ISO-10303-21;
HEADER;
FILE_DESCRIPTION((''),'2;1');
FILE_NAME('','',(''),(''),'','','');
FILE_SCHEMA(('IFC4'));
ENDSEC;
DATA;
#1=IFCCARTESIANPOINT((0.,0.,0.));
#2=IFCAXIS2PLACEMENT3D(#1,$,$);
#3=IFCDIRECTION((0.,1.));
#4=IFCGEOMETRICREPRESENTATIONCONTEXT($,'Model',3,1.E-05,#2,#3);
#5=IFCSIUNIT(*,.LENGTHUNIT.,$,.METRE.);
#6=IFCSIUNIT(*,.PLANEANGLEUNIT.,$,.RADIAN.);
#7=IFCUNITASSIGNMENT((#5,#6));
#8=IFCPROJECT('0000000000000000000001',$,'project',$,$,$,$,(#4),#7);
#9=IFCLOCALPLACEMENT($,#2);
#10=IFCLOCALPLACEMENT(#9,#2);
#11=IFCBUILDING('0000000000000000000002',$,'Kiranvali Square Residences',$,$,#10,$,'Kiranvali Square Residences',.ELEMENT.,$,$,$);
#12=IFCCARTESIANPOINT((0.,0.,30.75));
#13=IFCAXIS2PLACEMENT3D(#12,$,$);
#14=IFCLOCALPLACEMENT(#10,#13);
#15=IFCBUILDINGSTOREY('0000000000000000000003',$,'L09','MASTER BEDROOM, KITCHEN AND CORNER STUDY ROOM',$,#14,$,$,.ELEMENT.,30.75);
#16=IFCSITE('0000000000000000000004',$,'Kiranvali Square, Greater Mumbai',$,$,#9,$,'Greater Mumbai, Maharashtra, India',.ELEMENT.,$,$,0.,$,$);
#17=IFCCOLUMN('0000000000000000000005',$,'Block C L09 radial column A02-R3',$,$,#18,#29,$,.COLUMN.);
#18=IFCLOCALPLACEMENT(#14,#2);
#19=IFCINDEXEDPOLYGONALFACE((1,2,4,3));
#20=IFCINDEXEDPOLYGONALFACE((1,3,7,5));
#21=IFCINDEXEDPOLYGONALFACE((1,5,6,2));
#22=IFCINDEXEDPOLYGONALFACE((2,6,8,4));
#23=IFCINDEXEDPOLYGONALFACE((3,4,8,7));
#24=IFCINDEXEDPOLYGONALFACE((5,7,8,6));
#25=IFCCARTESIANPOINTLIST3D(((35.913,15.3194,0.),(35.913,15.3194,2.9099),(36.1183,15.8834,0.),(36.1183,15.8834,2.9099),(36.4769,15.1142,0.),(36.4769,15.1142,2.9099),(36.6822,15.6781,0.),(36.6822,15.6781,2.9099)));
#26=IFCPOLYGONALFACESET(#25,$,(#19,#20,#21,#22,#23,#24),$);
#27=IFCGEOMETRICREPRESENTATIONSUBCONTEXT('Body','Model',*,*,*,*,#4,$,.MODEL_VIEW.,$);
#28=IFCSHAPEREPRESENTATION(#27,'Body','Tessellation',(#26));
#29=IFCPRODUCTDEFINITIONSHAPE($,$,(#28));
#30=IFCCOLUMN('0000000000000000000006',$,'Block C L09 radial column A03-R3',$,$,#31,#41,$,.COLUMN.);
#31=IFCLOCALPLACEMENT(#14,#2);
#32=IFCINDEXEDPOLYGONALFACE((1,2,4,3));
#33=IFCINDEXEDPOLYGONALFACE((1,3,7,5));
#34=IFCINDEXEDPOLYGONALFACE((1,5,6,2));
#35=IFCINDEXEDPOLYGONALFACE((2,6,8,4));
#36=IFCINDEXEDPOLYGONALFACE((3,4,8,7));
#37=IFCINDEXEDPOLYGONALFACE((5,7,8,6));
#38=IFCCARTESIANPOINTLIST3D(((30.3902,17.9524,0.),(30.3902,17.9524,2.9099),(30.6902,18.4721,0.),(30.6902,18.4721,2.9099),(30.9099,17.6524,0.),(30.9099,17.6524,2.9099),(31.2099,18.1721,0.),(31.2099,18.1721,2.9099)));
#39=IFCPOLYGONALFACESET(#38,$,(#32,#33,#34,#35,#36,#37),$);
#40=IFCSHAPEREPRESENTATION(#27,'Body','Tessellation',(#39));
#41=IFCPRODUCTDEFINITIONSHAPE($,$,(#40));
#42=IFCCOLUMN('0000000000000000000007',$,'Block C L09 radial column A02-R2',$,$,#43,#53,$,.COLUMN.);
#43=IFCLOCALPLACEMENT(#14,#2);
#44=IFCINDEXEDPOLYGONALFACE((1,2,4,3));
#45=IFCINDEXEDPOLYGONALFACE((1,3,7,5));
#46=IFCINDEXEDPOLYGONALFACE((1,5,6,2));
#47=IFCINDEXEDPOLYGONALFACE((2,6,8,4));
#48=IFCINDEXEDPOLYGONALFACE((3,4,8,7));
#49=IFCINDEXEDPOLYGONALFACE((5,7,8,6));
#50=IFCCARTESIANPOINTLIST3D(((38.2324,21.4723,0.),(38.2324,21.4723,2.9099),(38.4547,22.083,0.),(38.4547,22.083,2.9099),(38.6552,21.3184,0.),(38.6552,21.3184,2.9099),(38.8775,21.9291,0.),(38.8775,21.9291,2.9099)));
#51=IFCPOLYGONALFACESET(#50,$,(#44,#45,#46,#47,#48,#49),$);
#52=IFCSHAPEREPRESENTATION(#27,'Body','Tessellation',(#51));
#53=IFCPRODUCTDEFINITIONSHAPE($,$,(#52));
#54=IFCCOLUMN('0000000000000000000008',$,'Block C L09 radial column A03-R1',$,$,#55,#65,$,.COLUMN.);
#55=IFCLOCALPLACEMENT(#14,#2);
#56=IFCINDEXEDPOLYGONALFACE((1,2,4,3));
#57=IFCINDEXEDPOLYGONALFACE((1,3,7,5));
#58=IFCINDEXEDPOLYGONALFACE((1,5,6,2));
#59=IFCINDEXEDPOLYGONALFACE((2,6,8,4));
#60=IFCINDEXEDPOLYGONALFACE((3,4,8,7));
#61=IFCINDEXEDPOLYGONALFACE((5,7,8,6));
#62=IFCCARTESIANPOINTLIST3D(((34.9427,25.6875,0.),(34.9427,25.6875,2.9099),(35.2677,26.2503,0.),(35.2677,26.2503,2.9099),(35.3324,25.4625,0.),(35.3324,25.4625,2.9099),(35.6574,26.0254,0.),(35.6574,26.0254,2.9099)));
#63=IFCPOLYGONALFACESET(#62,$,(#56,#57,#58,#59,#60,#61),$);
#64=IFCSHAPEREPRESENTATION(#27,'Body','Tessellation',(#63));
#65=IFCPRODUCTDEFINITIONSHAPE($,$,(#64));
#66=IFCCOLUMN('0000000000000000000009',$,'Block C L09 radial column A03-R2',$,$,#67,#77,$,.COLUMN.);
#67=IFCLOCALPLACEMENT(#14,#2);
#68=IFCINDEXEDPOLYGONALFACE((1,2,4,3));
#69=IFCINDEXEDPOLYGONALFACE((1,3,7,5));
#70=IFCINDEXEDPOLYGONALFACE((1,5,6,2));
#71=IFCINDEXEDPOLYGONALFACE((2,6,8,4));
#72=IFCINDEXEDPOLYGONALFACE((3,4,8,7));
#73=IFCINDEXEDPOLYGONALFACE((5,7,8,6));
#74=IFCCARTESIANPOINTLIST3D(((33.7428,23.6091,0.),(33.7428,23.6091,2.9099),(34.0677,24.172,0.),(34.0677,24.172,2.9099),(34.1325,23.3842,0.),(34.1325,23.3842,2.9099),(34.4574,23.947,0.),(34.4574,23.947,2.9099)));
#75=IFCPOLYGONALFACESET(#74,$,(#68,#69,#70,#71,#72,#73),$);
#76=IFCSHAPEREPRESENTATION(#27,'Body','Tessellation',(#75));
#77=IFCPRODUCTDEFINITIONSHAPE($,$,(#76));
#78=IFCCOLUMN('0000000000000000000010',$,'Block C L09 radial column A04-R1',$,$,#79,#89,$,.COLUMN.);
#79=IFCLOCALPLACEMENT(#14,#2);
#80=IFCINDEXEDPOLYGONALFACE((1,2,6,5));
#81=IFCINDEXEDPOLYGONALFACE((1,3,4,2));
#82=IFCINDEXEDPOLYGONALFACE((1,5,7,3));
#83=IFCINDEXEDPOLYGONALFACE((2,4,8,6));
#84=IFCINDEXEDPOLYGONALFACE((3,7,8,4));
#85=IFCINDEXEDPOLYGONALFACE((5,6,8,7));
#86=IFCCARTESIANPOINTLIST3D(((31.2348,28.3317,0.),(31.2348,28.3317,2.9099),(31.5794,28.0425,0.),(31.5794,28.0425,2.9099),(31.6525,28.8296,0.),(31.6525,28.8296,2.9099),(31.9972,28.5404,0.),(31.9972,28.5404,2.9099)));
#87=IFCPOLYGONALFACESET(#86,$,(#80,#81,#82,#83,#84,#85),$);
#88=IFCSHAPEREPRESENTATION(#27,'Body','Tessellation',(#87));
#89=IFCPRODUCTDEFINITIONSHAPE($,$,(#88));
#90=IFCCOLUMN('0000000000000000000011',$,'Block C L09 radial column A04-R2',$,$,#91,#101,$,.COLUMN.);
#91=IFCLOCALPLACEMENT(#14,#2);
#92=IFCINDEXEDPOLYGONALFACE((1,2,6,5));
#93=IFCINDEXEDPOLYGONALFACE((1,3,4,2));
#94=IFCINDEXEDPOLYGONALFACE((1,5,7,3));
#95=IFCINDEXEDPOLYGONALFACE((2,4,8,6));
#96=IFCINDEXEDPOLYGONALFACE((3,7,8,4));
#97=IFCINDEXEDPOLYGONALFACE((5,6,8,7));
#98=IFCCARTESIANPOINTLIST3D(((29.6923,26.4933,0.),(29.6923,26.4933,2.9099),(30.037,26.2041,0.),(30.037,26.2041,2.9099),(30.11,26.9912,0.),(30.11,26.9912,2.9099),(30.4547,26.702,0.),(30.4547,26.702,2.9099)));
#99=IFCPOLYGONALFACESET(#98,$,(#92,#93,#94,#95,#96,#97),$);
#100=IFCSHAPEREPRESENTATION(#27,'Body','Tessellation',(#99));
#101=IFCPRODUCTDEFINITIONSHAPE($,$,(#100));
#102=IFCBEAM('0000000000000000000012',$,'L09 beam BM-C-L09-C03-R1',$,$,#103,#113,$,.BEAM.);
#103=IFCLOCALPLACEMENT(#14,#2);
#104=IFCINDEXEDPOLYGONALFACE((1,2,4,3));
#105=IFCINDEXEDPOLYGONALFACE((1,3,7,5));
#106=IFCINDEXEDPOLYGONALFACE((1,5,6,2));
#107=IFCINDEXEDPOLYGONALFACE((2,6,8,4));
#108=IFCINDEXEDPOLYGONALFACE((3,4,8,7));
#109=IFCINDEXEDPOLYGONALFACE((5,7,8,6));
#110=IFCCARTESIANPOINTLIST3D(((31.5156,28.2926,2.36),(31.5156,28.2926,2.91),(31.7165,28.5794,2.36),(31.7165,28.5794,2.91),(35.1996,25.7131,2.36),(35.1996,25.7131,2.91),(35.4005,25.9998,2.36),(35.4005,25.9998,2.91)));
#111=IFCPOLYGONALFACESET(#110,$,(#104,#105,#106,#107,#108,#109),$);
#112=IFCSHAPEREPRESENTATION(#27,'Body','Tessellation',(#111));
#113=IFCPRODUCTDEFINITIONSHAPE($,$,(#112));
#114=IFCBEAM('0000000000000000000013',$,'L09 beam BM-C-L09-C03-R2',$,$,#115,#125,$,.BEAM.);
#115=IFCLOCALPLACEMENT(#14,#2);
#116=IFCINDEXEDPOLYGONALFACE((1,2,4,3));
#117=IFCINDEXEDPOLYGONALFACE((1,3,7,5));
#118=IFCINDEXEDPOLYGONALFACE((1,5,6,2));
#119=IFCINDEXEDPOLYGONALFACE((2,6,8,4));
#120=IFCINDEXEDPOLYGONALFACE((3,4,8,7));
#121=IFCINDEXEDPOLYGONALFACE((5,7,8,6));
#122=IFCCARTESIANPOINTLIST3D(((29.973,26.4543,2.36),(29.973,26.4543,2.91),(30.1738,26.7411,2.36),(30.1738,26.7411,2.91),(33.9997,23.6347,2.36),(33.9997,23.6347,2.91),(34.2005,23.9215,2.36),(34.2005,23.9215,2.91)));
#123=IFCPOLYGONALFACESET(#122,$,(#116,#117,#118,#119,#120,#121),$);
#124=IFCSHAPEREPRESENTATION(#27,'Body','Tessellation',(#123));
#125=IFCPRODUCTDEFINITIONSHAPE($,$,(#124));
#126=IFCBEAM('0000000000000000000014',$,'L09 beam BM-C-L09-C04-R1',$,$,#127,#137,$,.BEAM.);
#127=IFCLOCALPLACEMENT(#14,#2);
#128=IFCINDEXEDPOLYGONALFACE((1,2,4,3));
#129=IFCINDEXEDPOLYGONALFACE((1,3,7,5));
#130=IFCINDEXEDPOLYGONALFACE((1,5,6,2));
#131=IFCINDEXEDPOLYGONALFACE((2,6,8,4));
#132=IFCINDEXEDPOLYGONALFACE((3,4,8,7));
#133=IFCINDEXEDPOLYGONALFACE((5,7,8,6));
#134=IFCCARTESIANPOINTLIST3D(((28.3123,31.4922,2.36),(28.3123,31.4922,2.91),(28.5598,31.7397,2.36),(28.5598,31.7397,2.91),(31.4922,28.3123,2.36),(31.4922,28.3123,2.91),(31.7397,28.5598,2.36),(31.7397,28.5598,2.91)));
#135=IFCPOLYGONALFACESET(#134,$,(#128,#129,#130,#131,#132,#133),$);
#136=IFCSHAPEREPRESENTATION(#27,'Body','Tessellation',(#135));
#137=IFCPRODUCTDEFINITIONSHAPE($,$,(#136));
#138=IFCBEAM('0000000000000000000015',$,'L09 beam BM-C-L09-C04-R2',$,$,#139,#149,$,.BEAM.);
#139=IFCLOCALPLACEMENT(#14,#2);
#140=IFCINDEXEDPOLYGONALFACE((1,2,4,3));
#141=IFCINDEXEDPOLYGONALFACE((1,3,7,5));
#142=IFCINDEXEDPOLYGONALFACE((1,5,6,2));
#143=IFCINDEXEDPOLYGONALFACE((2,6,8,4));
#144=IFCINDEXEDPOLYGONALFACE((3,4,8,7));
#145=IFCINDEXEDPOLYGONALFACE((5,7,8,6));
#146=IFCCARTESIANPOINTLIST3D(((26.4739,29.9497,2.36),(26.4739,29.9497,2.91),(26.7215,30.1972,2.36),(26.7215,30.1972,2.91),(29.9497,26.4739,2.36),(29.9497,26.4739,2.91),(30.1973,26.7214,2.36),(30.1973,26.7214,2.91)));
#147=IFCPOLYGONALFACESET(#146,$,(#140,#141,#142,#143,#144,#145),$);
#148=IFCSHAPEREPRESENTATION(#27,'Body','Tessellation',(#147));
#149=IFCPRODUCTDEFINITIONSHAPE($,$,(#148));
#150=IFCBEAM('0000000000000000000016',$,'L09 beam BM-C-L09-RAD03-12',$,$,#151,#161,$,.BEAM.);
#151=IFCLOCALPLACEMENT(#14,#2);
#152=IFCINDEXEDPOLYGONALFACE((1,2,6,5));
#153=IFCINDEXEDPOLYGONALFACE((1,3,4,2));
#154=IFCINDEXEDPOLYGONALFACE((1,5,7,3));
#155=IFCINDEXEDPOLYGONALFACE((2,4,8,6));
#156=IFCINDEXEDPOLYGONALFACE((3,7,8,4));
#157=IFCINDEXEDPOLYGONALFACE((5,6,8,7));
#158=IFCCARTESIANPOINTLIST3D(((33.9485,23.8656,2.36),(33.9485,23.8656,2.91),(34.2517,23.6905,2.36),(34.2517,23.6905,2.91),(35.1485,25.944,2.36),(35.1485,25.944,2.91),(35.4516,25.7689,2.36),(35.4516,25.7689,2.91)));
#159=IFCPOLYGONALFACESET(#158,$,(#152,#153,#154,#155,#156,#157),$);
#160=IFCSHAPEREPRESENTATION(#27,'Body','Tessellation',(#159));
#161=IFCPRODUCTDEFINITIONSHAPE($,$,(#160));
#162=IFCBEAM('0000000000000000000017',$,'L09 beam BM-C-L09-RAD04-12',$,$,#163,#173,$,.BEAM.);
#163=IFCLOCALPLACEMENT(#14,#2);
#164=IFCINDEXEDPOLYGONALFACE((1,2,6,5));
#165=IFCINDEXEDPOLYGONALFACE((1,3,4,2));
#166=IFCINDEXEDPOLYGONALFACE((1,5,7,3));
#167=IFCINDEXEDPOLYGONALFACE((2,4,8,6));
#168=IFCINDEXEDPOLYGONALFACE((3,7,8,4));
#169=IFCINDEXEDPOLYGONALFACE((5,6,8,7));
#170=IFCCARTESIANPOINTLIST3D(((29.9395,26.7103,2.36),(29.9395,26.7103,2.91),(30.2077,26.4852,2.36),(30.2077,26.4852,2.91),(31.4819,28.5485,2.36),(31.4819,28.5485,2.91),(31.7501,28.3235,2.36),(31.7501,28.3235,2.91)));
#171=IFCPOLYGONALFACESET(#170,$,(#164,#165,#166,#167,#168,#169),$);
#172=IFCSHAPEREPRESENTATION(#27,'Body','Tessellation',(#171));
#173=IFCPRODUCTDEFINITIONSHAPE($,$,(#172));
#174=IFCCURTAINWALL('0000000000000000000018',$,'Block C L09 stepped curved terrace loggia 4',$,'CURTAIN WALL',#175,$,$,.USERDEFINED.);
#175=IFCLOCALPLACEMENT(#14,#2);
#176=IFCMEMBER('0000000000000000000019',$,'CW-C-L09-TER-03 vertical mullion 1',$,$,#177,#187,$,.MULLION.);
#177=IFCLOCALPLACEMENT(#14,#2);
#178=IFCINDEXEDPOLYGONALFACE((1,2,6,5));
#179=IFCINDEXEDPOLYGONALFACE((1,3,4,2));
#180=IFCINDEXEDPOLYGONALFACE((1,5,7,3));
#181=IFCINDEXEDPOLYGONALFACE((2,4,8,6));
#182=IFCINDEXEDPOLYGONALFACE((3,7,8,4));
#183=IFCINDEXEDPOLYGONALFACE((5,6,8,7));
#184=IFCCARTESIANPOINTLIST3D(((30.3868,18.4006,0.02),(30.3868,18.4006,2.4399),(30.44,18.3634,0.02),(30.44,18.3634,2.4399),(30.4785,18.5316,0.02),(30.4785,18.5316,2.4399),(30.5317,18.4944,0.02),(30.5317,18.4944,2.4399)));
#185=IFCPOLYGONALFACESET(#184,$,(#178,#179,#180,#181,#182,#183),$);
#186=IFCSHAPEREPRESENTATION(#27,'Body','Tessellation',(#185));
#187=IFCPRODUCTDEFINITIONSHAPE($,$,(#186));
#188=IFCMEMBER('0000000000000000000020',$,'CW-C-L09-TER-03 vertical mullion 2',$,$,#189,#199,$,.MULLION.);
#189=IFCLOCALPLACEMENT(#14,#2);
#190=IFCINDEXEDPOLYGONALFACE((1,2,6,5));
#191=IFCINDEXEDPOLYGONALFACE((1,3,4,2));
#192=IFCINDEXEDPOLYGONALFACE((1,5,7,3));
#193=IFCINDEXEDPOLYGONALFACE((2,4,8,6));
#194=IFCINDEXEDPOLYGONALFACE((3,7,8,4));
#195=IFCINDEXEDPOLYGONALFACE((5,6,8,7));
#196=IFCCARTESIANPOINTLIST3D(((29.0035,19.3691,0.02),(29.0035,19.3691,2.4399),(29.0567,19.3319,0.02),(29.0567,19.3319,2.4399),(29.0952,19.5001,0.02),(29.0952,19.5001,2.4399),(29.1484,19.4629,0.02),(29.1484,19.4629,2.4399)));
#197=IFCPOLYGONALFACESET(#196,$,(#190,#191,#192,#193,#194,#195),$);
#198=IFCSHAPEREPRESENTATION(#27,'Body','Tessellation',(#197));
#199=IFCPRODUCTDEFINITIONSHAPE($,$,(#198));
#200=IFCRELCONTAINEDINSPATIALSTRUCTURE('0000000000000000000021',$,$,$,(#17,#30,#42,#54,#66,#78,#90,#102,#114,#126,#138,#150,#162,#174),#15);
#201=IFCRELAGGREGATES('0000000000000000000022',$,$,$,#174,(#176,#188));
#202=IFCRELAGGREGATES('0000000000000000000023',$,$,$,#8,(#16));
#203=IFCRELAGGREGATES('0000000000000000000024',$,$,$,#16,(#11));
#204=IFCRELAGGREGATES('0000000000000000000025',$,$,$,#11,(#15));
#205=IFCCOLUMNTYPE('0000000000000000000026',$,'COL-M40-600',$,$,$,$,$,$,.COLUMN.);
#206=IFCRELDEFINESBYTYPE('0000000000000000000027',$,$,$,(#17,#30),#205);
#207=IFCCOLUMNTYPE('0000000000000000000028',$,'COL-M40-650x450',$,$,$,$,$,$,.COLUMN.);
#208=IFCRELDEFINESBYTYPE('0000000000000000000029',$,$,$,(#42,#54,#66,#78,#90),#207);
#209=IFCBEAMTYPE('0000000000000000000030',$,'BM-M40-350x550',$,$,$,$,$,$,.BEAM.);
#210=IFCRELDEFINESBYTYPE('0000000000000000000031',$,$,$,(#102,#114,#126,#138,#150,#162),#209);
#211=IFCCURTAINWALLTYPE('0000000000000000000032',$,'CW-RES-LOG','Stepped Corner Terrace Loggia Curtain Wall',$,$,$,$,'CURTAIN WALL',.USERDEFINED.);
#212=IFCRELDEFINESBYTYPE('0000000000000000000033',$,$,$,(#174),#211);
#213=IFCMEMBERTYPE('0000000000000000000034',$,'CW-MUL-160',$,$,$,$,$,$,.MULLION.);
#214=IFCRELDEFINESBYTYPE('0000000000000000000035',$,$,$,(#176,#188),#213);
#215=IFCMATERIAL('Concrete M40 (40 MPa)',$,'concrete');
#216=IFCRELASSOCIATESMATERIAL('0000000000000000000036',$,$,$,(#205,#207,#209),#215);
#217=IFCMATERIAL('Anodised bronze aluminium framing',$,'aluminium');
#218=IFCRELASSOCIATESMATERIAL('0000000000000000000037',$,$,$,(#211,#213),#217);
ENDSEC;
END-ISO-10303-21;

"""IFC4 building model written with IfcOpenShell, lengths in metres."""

from ifc_helpers import new_model, si_unit, direction, frame, origin, origin_2d, place, context, subcontext, project, spatial, rectangle, extrude, material, material_profile, profile_set, type_object, element, aggregate, save


model = new_model("IFC4")

# Units and contexts
model_context = context("Model", 3, precision=1e-05, world=origin(), true_north=direction((0.0, 1.0)))
body_context = subcontext(model_context, "Body", "Model", "MODEL_VIEW")
ifc_project = project(units=[si_unit("LENGTHUNIT", "METRE"), si_unit("PLANEANGLEUNIT", "RADIAN")], contexts=[model_context])

# Site, building, storey
site_placement = place(None, origin())
site = spatial("IfcSite", under=ifc_project, at=site_placement, Name="Kiranvali Square, Greater Mumbai", LongName="Greater Mumbai, Maharashtra, India", CompositionType="ELEMENT", RefElevation=0.0)
building_placement = place(site_placement, origin())
building = spatial("IfcBuilding", under=site, at=building_placement, Name="Kiranvali Square Residences", LongName="Kiranvali Square Residences", CompositionType="ELEMENT")
storey_placement = place(building_placement, frame((0.0, 0.0, 30.75)))
storey = spatial("IfcBuildingStorey", under=building, at=storey_placement, Name="L09", Description="MASTER BEDROOM, KITCHEN AND CORNER STUDY ROOM", CompositionType="ELEMENT", Elevation=30.75)

# Columns
ifc_material_1 = material(Name="Concrete M40 (40 MPa)", Category="concrete")
ifc_material_profile_1 = material_profile(ifc_material_1, rectangle(XDim=0.6001, YDim=0.6001, at=origin_2d()), Name="RC 600x600")
ifc_profile_set_1 = profile_set([ifc_material_profile_1], Name="Concrete M40 (40 MPa)")
column_type_1 = type_object("IfcColumnType", Name="COL-M40-600", PredefinedType="COLUMN", material=ifc_profile_set_1)
for number, where, z_axis, x_axis, name in (
    (1, (36.2976, 15.4988, 0.0), (0.0, 0.0, 1.0), (-0.939693, 0.34202, 0.0), "Block C L09 radial column A02-R3"),
    (2, (30.8, 18.0623, 0.0), (0.0, 0.0, 1.0), (-0.866025, 0.5, 0.0), "Block C L09 radial column A03-R3"),
):
    element("IfcColumn", number, at=place(storey_placement, frame(where, z_axis=z_axis, x_axis=x_axis)), inside=storey, type_object=column_type_1, Name=name, PredefinedType="COLUMN", context=body_context, shape_type="SweptSolid", body=[
        extrude(rectangle(XDim=0.6001, YDim=0.6001, at=origin_2d()), origin(), (0.0, 0.0, 1.0), 2.9099),
    ])
ifc_material_profile_2 = material_profile(ifc_material_1, rectangle(XDim=0.45, YDim=0.6499, at=origin_2d()), Name="RC 650x450")
ifc_profile_set_2 = profile_set([ifc_material_profile_2], Name="Concrete M40 (40 MPa)")
column_type_2 = type_object("IfcColumnType", Name="COL-M40-650x450", PredefinedType="COLUMN", material=ifc_profile_set_2)
for number, where, z_axis, x_axis, name in (
    (3, (38.5549, 21.7007, 0.0), (0.0, 0.0, 1.0), (-0.939693, 0.34202, 0.0), "Block C L09 radial column A02-R2"),
    (4, (35.3, 25.8564, 0.0), (0.0, 0.0, 1.0), (-0.866025, 0.5, 0.0), "Block C L09 radial column A03-R1"),
    (5, (34.1001, 23.7781, 0.0), (0.0, 0.0, 1.0), (-0.866025, 0.5, 0.0), "Block C L09 radial column A03-R2"),
    (6, (31.616, 28.436, 0.0), (0.0, 0.0, 1.0), (-0.766044, 0.642788, 0.0), "Block C L09 radial column A04-R1"),
    (7, (30.0735, 26.5977, 0.0), (0.0, 0.0, 1.0), (-0.766044, 0.642788, 0.0), "Block C L09 radial column A04-R2"),
):
    element("IfcColumn", number, at=place(storey_placement, frame(where, z_axis=z_axis, x_axis=x_axis)), inside=storey, type_object=column_type_2, Name=name, PredefinedType="COLUMN", context=body_context, shape_type="SweptSolid", body=[
        extrude(rectangle(XDim=0.45, YDim=0.6499, at=origin_2d()), origin(), (0.0, 0.0, 1.0), 2.9099),
    ])

# Beams
ifc_material_profile_3 = material_profile(ifc_material_1, rectangle(XDim=0.3501, YDim=0.55, at=origin_2d()), Name="RC 350x550")
ifc_profile_set_3 = profile_set([ifc_material_profile_3], Name="Concrete M40 (40 MPa)")
beam_type_1 = type_object("IfcBeamType", Name="BM-M40-350x550", PredefinedType="BEAM", material=ifc_profile_set_3)
beam_1_placement = place(storey_placement, frame((35.3, 25.8564, 2.635), z_axis=(-0.819155, 0.573572, 0.0), x_axis=(-0.573572, -0.819155, 0.0)))
element("IfcBeam", 8, at=beam_1_placement, inside=storey, type_object=beam_type_1, Name="L09 beam BM-C-L09-C03-R1", PredefinedType="BEAM", context=body_context, shape_type="SweptSolid", body=[
    extrude(rectangle(XDim=0.3501, YDim=0.55, at=origin_2d()), origin(), (0.0, 0.0, 1.0), 4.4973),
])
beam_2_placement = place(storey_placement, frame((34.1001, 23.7781, 2.635), z_axis=(-0.819141, 0.573592, 0.0), x_axis=(-0.573592, -0.819141, 0.0)))
element("IfcBeam", 9, at=beam_2_placement, inside=storey, type_object=beam_type_1, Name="L09 beam BM-C-L09-C03-R2", PredefinedType="BEAM", context=body_context, shape_type="SweptSolid", body=[
    extrude(rectangle(XDim=0.3501, YDim=0.55, at=origin_2d()), origin(), (0.0, 0.0, 1.0), 4.9158),
])
beam_3_placement = place(storey_placement, frame((31.616, 28.436, 2.635), z_axis=(-0.707107, 0.707107, 0.0), x_axis=(-0.707107, -0.707107, 0.0)))
element("IfcBeam", 10, at=beam_3_placement, inside=storey, type_object=beam_type_1, Name="L09 beam BM-C-L09-C04-R1", PredefinedType="BEAM", context=body_context, shape_type="SweptSolid", body=[
    extrude(rectangle(XDim=0.3501, YDim=0.55, at=origin_2d()), origin(), (0.0, 0.0, 1.0), 4.4971),
])
beam_4_placement = place(storey_placement, frame((30.0735, 26.5977, 2.635), z_axis=(-0.707107, 0.707107, 0.0), x_axis=(-0.707107, -0.707107, 0.0)))
element("IfcBeam", 11, at=beam_4_placement, inside=storey, type_object=beam_type_1, Name="L09 beam BM-C-L09-C04-R2", PredefinedType="BEAM", context=body_context, shape_type="SweptSolid", body=[
    extrude(rectangle(XDim=0.3501, YDim=0.55, at=origin_2d()), origin(), (0.0, 0.0, 1.0), 4.9155),
])
beam_5_placement = place(storey_placement, frame((35.3, 25.8564, 2.635), z_axis=(-0.500001, -0.866025, 0.0), x_axis=(0.866025, -0.500001, 0.0)))
element("IfcBeam", 12, at=beam_5_placement, inside=storey, type_object=beam_type_1, Name="L09 beam BM-C-L09-RAD03-12", PredefinedType="BEAM", context=body_context, shape_type="SweptSolid", body=[
    extrude(rectangle(XDim=0.3501, YDim=0.55, at=origin_2d()), origin(), (0.0, 0.0, 1.0), 2.3999),
])
beam_6_placement = place(storey_placement, frame((31.616, 28.436, 2.635), z_axis=(-0.642763, -0.766065, 0.0), x_axis=(0.766065, -0.642763, 0.0)))
element("IfcBeam", 13, at=beam_6_placement, inside=storey, type_object=beam_type_1, Name="L09 beam BM-C-L09-RAD04-12", PredefinedType="BEAM", context=body_context, shape_type="SweptSolid", body=[
    extrude(rectangle(XDim=0.3501, YDim=0.55, at=origin_2d()), origin(), (0.0, 0.0, 1.0), 2.3997),
])

# Curtain wall, members
ifc_material_2 = material(Name="Anodised bronze aluminium framing", Category="aluminium")
curtain_wall_type = type_object("IfcCurtainWallType", Name="CW-RES-LOG", Description="Stepped Corner Terrace Loggia Curtain Wall", ElementType="CURTAIN WALL", PredefinedType="USERDEFINED", material=ifc_material_2)
curtain_wall_placement = place(storey_placement, origin())
curtain_wall = element("IfcCurtainWall", 14, at=curtain_wall_placement, inside=storey, type_object=curtain_wall_type, Name="Block C L09 stepped curved terrace loggia 4", ObjectType="CURTAIN WALL", PredefinedType="USERDEFINED")
ifc_material_profile_4 = material_profile(ifc_material_2, rectangle(XDim=0.0649, YDim=0.1599, at=origin_2d()), Name="ALU 65x160")
ifc_profile_set_4 = profile_set([ifc_material_profile_4], Name="Anodised bronze aluminium framing")
member_type_1 = type_object("IfcMemberType", Name="CW-MUL-160", PredefinedType="MULLION", material=ifc_profile_set_4)
member_1_placement = place(storey_placement, frame((30.4592, 18.4475, 0.02), z_axis=(0.0, 0.0, 1.0), x_axis=(-0.819152, 0.573576, 0.0)))
member_1 = element("IfcMember", 15, at=member_1_placement, type_object=member_type_1, Name="CW-C-L09-TER-03 vertical mullion 1", PredefinedType="MULLION", context=body_context, shape_type="SweptSolid", body=[
    extrude(rectangle(XDim=0.0649, YDim=0.1599, at=origin_2d()), origin(), (0.0, 0.0, 1.0), 2.4199),
])
member_2_placement = place(storey_placement, frame((29.0759, 19.416, 0.02), z_axis=(0.0, 0.0, 1.0), x_axis=(-0.819152, 0.573576, 0.0)))
member_2 = element("IfcMember", 16, at=member_2_placement, type_object=member_type_1, Name="CW-C-L09-TER-03 vertical mullion 2", PredefinedType="MULLION", context=body_context, shape_type="SweptSolid", body=[
    extrude(rectangle(XDim=0.0649, YDim=0.1599, at=origin_2d()), origin(), (0.0, 0.0, 1.0), 2.4199),
])

aggregate(curtain_wall, [member_1, member_2])

save(model, "model.ifc")
